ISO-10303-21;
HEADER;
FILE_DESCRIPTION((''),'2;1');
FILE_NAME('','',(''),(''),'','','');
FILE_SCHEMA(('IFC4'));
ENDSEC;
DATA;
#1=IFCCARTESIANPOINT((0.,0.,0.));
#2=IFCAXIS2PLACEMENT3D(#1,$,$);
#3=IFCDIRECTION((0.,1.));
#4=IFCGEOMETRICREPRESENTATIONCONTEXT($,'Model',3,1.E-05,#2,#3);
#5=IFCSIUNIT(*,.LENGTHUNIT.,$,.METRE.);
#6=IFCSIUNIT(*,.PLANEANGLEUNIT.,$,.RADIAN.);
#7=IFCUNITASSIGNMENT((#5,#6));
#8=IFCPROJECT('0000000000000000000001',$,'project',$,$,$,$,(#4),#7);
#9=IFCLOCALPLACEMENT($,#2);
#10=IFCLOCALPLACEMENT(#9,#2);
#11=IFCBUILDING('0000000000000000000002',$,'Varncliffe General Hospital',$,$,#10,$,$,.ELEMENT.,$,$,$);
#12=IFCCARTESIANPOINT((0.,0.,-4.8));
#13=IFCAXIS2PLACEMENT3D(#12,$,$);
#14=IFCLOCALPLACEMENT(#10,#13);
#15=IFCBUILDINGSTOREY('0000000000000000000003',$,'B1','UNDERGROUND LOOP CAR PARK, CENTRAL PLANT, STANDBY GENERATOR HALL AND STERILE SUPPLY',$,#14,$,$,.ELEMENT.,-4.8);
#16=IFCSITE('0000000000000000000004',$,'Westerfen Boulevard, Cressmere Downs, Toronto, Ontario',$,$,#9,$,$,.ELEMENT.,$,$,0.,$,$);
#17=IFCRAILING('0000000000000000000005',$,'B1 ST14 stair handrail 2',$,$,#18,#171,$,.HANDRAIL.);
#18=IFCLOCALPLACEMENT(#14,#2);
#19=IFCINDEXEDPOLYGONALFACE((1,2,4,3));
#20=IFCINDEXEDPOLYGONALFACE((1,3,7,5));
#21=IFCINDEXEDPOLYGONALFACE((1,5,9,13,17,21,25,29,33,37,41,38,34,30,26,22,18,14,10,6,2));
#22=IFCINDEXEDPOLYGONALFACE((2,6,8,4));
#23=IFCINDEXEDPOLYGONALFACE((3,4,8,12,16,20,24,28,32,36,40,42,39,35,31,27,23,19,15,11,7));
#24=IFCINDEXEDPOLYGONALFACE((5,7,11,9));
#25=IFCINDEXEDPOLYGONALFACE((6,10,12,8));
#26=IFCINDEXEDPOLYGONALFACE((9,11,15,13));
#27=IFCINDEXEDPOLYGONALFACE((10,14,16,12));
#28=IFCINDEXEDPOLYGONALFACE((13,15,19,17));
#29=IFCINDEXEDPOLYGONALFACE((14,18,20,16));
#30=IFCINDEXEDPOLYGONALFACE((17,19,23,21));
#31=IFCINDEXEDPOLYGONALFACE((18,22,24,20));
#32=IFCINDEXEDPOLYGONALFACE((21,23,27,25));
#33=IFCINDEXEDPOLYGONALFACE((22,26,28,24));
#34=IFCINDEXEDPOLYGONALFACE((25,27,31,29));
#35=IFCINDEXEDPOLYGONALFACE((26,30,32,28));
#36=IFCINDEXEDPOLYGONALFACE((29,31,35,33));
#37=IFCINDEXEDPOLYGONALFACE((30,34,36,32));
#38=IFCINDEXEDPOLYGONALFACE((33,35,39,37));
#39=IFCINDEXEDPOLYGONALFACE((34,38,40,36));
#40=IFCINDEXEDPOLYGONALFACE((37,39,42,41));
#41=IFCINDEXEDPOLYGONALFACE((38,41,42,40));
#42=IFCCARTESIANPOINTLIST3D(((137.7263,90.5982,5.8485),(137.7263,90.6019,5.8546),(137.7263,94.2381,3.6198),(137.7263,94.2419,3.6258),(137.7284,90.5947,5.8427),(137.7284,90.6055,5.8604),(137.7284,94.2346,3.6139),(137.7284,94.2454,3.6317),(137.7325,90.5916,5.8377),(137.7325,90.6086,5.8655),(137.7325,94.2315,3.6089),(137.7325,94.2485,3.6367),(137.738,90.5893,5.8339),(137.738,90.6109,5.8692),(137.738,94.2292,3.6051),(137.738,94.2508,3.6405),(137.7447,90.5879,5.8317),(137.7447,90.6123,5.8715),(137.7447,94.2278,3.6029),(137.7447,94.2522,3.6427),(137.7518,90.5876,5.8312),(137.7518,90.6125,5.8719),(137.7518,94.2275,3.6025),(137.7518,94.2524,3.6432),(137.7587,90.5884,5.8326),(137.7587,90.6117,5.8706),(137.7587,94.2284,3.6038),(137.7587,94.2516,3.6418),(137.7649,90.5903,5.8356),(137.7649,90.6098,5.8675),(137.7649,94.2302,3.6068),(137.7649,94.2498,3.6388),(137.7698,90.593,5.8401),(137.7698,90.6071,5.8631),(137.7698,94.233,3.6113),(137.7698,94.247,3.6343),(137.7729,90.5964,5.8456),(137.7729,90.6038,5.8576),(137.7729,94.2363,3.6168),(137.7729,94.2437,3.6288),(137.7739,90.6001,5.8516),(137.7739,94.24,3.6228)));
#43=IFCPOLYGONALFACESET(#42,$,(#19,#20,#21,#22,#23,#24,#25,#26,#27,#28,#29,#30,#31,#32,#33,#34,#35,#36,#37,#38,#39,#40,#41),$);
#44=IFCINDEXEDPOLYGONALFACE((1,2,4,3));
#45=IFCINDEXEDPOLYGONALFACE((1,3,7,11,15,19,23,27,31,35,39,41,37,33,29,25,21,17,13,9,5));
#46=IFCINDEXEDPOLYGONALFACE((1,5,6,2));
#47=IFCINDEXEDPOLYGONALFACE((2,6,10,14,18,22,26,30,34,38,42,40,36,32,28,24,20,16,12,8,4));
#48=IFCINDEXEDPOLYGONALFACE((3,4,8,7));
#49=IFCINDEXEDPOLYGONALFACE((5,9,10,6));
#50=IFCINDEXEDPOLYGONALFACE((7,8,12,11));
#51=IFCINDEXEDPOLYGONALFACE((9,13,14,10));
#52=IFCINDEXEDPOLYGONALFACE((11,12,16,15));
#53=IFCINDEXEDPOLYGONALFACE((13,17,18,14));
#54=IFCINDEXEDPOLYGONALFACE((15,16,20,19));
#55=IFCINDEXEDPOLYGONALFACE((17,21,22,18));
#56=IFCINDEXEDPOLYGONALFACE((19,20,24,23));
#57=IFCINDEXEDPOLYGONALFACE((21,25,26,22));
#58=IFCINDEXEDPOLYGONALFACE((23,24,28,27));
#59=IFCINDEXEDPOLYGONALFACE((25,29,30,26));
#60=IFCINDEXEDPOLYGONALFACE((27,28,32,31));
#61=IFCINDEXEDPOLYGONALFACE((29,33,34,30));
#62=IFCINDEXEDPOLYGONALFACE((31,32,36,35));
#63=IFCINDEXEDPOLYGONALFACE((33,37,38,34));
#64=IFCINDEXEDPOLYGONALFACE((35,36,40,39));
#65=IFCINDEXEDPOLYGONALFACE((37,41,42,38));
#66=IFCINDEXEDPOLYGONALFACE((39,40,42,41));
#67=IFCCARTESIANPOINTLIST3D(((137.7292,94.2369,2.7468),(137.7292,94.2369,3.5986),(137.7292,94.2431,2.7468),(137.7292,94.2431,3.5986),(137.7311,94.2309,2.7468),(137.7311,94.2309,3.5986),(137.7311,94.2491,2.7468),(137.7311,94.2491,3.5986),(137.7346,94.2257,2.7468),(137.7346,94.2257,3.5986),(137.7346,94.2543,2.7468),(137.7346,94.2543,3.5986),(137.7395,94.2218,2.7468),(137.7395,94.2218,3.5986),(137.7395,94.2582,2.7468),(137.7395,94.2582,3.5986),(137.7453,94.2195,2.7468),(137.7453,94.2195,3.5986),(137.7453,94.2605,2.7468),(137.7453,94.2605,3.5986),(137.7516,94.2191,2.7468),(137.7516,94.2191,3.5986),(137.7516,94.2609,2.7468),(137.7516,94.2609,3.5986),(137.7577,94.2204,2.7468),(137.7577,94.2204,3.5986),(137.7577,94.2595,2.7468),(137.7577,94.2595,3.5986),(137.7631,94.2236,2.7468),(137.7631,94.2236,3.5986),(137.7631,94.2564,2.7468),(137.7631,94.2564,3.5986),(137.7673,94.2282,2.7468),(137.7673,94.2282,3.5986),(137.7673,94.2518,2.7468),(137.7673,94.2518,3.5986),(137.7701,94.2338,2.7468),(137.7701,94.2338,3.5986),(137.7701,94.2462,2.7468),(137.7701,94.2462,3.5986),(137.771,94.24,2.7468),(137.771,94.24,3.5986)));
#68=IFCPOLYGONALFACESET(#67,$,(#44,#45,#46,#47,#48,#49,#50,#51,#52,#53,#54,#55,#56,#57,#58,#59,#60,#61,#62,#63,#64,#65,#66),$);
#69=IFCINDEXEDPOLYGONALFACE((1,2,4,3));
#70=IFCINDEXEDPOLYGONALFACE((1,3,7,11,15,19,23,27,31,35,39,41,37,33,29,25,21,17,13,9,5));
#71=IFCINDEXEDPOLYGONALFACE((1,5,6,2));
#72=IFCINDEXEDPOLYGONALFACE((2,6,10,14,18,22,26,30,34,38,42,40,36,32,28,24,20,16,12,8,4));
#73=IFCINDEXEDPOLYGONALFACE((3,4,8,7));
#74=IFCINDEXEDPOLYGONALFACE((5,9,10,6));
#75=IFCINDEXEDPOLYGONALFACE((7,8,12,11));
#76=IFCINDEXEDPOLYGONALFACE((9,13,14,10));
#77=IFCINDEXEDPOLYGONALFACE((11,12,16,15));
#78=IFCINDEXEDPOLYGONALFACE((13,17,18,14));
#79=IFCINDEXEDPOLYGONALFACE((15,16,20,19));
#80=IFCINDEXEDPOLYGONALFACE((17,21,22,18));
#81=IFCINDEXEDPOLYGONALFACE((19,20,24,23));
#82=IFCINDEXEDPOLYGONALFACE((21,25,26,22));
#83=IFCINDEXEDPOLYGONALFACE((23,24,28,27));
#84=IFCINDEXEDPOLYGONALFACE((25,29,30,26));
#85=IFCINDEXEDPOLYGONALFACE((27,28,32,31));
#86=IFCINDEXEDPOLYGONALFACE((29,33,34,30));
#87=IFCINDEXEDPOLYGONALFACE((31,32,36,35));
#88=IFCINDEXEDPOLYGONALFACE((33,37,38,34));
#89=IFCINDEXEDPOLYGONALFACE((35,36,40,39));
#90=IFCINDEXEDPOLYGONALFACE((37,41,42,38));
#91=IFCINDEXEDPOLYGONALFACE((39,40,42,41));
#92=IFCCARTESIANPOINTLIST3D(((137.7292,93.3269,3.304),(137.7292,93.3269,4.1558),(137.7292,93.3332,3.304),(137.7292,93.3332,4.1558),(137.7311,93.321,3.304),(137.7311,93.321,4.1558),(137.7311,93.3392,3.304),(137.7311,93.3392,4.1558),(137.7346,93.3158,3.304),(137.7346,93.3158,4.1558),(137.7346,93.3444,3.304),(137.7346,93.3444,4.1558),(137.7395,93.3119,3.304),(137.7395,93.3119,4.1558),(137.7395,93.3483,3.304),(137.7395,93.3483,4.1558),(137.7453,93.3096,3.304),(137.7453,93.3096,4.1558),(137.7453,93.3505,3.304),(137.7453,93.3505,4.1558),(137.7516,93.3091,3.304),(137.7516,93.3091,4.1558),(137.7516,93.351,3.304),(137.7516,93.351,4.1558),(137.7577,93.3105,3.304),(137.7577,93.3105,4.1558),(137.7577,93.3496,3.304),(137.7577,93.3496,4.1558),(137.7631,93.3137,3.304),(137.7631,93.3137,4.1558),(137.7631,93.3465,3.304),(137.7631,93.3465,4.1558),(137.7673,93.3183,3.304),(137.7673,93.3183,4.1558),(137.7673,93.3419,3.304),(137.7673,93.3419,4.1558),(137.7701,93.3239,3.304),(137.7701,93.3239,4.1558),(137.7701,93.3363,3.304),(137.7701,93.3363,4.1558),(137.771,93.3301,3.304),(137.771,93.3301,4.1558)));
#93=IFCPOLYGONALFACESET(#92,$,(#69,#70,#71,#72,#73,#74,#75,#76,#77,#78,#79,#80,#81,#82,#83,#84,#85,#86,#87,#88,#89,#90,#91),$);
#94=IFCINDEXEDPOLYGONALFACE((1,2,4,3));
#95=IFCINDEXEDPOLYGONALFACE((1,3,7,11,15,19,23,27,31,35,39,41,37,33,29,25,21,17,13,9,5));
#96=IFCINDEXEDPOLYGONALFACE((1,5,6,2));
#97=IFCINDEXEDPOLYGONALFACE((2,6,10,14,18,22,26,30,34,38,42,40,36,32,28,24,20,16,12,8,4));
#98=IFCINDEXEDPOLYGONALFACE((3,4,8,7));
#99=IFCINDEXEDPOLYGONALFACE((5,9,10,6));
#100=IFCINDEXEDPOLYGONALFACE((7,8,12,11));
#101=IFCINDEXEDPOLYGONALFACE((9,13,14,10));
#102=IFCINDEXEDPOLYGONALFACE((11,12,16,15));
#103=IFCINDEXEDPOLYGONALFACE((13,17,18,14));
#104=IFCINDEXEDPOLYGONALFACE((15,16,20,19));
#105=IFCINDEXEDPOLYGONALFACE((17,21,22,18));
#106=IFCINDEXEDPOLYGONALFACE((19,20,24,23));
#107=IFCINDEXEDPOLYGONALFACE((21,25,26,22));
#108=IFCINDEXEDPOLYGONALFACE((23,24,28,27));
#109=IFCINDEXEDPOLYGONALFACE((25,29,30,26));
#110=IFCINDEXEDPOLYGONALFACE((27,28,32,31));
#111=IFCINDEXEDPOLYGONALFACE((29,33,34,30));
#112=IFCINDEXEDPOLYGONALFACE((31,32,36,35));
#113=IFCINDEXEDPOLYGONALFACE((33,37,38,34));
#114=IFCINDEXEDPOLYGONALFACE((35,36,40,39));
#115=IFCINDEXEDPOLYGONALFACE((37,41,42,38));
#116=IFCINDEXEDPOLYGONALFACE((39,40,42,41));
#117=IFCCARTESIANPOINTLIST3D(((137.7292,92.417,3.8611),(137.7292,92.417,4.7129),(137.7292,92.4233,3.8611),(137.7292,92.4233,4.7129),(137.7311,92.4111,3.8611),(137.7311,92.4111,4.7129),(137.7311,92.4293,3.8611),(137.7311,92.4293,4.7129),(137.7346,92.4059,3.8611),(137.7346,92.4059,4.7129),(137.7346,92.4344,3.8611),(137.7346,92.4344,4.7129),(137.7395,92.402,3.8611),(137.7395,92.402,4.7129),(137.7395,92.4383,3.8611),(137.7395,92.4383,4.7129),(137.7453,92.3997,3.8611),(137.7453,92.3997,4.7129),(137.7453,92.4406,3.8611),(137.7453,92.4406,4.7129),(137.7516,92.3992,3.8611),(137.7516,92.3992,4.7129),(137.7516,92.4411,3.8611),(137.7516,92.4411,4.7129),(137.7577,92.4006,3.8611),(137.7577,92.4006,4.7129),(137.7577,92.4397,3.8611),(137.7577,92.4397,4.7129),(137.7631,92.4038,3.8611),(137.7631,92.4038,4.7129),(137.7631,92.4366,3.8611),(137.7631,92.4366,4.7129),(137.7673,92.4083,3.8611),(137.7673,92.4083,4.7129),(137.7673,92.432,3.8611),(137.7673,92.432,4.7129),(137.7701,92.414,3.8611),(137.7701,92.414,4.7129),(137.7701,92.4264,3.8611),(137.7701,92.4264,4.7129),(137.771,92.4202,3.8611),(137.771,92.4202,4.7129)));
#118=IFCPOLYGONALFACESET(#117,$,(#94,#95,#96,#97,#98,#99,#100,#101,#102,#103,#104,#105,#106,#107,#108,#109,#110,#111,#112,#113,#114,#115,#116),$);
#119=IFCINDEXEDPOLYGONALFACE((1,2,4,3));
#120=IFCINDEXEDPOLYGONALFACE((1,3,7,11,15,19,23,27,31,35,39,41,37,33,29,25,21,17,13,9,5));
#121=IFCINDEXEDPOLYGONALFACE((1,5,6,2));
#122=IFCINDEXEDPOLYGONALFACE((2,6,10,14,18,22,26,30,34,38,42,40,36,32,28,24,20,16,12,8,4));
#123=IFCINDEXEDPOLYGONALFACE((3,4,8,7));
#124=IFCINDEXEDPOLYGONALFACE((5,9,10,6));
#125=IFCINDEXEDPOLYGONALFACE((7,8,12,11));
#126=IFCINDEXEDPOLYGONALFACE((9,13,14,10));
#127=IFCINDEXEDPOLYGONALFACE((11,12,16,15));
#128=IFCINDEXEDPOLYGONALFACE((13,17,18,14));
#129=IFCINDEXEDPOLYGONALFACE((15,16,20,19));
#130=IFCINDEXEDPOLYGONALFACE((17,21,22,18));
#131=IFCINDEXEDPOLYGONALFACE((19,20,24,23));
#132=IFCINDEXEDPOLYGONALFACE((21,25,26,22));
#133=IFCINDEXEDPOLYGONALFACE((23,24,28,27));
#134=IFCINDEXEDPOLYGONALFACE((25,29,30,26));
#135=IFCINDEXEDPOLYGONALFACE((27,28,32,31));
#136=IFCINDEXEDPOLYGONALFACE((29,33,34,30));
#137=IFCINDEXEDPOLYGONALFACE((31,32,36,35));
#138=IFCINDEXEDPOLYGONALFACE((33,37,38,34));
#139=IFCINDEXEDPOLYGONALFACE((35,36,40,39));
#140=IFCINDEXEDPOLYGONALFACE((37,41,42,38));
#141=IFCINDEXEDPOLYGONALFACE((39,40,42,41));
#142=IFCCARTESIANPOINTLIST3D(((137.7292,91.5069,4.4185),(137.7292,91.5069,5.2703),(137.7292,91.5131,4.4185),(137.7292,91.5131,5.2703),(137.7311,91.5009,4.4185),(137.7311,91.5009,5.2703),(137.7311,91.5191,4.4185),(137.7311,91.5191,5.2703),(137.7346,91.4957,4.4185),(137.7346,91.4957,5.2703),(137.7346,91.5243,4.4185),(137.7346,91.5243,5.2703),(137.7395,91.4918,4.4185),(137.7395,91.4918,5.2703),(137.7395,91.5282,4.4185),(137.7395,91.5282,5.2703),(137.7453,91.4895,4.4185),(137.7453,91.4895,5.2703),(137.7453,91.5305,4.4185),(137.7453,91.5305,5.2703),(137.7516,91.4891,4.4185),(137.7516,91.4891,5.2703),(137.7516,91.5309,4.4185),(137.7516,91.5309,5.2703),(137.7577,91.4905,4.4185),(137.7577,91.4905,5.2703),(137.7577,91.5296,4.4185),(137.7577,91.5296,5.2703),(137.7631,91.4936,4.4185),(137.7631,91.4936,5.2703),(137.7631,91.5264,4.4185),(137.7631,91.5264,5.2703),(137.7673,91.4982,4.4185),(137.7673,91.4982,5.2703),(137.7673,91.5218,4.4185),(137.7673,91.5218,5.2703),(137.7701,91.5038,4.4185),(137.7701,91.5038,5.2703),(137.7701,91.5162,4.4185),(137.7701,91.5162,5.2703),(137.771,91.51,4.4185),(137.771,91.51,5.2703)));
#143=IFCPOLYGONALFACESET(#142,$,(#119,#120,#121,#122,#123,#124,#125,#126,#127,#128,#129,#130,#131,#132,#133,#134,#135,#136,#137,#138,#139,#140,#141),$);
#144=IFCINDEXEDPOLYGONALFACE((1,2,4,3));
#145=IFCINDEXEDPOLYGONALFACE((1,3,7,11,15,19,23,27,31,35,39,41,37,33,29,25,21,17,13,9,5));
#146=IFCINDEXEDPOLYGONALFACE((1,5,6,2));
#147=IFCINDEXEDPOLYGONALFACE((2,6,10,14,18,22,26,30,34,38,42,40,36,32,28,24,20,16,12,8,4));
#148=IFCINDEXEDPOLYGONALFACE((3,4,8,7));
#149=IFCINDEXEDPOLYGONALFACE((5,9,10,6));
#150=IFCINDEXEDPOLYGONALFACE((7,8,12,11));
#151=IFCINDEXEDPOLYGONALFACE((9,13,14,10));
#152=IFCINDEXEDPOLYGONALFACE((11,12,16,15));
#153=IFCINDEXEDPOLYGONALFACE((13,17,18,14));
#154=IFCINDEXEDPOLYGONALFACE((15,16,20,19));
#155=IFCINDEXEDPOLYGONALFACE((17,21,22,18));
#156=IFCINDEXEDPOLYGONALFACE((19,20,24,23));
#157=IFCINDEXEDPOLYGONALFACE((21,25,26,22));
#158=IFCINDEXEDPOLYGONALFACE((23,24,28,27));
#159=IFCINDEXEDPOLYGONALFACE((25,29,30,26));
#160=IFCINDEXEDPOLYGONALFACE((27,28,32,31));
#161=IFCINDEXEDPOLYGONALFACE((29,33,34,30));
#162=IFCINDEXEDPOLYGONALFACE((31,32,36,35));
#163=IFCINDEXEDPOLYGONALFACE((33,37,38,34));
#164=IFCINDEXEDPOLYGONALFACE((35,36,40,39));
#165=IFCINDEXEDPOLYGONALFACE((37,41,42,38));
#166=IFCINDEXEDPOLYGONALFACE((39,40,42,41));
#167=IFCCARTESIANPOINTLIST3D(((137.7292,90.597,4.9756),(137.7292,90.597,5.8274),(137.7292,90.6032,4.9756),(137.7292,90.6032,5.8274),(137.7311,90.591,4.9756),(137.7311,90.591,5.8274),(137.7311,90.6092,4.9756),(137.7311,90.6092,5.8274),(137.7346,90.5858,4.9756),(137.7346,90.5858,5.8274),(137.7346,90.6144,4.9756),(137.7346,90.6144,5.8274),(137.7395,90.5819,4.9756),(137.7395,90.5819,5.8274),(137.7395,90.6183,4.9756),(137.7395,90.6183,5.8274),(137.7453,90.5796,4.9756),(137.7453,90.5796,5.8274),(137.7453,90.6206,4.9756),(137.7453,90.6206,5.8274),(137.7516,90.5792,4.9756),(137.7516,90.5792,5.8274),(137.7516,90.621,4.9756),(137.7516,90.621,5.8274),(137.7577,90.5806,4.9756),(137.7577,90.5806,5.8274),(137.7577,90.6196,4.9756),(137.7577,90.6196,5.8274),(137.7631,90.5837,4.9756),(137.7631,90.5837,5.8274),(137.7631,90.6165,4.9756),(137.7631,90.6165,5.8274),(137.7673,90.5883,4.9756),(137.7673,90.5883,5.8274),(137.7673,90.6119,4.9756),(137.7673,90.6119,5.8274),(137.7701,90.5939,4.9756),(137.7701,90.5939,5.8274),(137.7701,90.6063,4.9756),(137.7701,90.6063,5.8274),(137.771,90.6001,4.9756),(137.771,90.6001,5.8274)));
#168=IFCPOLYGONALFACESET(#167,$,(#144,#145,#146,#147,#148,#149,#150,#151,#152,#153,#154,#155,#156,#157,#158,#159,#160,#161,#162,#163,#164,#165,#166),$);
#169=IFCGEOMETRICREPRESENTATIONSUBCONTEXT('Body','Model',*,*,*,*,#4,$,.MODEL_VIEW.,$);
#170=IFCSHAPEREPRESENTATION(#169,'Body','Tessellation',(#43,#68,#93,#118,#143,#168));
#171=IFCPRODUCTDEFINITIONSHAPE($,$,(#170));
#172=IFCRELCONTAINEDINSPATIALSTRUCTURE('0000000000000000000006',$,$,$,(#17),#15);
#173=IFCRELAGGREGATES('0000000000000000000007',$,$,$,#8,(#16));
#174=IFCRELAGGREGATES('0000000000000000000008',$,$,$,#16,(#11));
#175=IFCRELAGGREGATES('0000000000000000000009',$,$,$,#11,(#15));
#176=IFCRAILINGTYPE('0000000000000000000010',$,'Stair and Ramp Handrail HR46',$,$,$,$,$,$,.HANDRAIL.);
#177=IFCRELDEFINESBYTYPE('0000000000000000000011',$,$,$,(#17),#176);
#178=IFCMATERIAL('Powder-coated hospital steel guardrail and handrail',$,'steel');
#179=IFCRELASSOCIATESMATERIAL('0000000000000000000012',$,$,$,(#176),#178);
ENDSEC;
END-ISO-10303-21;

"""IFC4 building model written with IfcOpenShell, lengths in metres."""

from ifc_helpers import new_model, si_unit, direction, frame, origin, origin_2d, place, context, subcontext, project, spatial, circle, extrude, material, type_object, element, save


model = new_model("IFC4")

# Units and contexts
model_context = context("Model", 3, precision=1e-05, world=origin(), true_north=direction((0.0, 1.0)))
body_context = subcontext(model_context, "Body", "Model", "MODEL_VIEW")
ifc_project = project(units=[si_unit("LENGTHUNIT", "METRE"), si_unit("PLANEANGLEUNIT", "RADIAN")], contexts=[model_context])

# Site, building, storey
site_placement = place(None, origin())
site = spatial("IfcSite", under=ifc_project, at=site_placement, Name="Westerfen Boulevard, Cressmere Downs, Toronto, Ontario", CompositionType="ELEMENT", RefElevation=0.0)
building_placement = place(site_placement, origin())
building = spatial("IfcBuilding", under=site, at=building_placement, Name="Varncliffe General Hospital", CompositionType="ELEMENT")
storey_placement = place(building_placement, frame((0.0, 0.0, -4.8)))
storey = spatial("IfcBuildingStorey", under=building, at=storey_placement, Name="B1", Description="UNDERGROUND LOOP CAR PARK, CENTRAL PLANT, STANDBY GENERATOR HALL AND STERILE SUPPLY", CompositionType="ELEMENT", Elevation=-4.8)

# Railing
ifc_material_1 = material(Name="Powder-coated hospital steel guardrail and handrail", Category="steel")
railing_type_1 = type_object("IfcRailingType", Name="Stair and Ramp Handrail HR46", PredefinedType="HANDRAIL", material=ifc_material_1)
railing_1_placement = place(storey_placement, frame((137.75, 94.24, 2.7468)))
element("IfcRailing", 1, at=railing_1_placement, inside=storey, type_object=railing_type_1, Name="B1 ST14 stair handrail 2", PredefinedType="HANDRAIL", context=body_context, shape_type="SweptSolid", body=[
    extrude(circle(Radius=0.0239, at=origin_2d()), frame((0.0, 0.0, 0.876), z_axis=(0.0, -0.852825, 0.522197), x_axis=(1.0, 0.0, 0.0)), (0.0, 0.0, 1.0), 4.2681),
    extrude(circle(Radius=0.021, at=origin_2d()), origin(), (0.0, 0.0, 1.0), 0.8518),
    extrude(circle(Radius=0.021, at=origin_2d()), frame((0.0, -0.9099, 0.5571)), (0.0, 0.0, 1.0), 0.8518),
    extrude(circle(Radius=0.021, at=origin_2d()), frame((0.0, -1.8198, 1.1143)), (0.0, 0.0, 1.0), 0.8518),
    extrude(circle(Radius=0.021, at=origin_2d()), frame((0.0, -2.73, 1.6716)), (0.0, 0.0, 1.0), 0.8518),
    extrude(circle(Radius=0.021, at=origin_2d()), frame((0.0, -3.6399, 2.2288)), (0.0, 0.0, 1.0), 0.8518),
])

save(model, "model.ifc")
